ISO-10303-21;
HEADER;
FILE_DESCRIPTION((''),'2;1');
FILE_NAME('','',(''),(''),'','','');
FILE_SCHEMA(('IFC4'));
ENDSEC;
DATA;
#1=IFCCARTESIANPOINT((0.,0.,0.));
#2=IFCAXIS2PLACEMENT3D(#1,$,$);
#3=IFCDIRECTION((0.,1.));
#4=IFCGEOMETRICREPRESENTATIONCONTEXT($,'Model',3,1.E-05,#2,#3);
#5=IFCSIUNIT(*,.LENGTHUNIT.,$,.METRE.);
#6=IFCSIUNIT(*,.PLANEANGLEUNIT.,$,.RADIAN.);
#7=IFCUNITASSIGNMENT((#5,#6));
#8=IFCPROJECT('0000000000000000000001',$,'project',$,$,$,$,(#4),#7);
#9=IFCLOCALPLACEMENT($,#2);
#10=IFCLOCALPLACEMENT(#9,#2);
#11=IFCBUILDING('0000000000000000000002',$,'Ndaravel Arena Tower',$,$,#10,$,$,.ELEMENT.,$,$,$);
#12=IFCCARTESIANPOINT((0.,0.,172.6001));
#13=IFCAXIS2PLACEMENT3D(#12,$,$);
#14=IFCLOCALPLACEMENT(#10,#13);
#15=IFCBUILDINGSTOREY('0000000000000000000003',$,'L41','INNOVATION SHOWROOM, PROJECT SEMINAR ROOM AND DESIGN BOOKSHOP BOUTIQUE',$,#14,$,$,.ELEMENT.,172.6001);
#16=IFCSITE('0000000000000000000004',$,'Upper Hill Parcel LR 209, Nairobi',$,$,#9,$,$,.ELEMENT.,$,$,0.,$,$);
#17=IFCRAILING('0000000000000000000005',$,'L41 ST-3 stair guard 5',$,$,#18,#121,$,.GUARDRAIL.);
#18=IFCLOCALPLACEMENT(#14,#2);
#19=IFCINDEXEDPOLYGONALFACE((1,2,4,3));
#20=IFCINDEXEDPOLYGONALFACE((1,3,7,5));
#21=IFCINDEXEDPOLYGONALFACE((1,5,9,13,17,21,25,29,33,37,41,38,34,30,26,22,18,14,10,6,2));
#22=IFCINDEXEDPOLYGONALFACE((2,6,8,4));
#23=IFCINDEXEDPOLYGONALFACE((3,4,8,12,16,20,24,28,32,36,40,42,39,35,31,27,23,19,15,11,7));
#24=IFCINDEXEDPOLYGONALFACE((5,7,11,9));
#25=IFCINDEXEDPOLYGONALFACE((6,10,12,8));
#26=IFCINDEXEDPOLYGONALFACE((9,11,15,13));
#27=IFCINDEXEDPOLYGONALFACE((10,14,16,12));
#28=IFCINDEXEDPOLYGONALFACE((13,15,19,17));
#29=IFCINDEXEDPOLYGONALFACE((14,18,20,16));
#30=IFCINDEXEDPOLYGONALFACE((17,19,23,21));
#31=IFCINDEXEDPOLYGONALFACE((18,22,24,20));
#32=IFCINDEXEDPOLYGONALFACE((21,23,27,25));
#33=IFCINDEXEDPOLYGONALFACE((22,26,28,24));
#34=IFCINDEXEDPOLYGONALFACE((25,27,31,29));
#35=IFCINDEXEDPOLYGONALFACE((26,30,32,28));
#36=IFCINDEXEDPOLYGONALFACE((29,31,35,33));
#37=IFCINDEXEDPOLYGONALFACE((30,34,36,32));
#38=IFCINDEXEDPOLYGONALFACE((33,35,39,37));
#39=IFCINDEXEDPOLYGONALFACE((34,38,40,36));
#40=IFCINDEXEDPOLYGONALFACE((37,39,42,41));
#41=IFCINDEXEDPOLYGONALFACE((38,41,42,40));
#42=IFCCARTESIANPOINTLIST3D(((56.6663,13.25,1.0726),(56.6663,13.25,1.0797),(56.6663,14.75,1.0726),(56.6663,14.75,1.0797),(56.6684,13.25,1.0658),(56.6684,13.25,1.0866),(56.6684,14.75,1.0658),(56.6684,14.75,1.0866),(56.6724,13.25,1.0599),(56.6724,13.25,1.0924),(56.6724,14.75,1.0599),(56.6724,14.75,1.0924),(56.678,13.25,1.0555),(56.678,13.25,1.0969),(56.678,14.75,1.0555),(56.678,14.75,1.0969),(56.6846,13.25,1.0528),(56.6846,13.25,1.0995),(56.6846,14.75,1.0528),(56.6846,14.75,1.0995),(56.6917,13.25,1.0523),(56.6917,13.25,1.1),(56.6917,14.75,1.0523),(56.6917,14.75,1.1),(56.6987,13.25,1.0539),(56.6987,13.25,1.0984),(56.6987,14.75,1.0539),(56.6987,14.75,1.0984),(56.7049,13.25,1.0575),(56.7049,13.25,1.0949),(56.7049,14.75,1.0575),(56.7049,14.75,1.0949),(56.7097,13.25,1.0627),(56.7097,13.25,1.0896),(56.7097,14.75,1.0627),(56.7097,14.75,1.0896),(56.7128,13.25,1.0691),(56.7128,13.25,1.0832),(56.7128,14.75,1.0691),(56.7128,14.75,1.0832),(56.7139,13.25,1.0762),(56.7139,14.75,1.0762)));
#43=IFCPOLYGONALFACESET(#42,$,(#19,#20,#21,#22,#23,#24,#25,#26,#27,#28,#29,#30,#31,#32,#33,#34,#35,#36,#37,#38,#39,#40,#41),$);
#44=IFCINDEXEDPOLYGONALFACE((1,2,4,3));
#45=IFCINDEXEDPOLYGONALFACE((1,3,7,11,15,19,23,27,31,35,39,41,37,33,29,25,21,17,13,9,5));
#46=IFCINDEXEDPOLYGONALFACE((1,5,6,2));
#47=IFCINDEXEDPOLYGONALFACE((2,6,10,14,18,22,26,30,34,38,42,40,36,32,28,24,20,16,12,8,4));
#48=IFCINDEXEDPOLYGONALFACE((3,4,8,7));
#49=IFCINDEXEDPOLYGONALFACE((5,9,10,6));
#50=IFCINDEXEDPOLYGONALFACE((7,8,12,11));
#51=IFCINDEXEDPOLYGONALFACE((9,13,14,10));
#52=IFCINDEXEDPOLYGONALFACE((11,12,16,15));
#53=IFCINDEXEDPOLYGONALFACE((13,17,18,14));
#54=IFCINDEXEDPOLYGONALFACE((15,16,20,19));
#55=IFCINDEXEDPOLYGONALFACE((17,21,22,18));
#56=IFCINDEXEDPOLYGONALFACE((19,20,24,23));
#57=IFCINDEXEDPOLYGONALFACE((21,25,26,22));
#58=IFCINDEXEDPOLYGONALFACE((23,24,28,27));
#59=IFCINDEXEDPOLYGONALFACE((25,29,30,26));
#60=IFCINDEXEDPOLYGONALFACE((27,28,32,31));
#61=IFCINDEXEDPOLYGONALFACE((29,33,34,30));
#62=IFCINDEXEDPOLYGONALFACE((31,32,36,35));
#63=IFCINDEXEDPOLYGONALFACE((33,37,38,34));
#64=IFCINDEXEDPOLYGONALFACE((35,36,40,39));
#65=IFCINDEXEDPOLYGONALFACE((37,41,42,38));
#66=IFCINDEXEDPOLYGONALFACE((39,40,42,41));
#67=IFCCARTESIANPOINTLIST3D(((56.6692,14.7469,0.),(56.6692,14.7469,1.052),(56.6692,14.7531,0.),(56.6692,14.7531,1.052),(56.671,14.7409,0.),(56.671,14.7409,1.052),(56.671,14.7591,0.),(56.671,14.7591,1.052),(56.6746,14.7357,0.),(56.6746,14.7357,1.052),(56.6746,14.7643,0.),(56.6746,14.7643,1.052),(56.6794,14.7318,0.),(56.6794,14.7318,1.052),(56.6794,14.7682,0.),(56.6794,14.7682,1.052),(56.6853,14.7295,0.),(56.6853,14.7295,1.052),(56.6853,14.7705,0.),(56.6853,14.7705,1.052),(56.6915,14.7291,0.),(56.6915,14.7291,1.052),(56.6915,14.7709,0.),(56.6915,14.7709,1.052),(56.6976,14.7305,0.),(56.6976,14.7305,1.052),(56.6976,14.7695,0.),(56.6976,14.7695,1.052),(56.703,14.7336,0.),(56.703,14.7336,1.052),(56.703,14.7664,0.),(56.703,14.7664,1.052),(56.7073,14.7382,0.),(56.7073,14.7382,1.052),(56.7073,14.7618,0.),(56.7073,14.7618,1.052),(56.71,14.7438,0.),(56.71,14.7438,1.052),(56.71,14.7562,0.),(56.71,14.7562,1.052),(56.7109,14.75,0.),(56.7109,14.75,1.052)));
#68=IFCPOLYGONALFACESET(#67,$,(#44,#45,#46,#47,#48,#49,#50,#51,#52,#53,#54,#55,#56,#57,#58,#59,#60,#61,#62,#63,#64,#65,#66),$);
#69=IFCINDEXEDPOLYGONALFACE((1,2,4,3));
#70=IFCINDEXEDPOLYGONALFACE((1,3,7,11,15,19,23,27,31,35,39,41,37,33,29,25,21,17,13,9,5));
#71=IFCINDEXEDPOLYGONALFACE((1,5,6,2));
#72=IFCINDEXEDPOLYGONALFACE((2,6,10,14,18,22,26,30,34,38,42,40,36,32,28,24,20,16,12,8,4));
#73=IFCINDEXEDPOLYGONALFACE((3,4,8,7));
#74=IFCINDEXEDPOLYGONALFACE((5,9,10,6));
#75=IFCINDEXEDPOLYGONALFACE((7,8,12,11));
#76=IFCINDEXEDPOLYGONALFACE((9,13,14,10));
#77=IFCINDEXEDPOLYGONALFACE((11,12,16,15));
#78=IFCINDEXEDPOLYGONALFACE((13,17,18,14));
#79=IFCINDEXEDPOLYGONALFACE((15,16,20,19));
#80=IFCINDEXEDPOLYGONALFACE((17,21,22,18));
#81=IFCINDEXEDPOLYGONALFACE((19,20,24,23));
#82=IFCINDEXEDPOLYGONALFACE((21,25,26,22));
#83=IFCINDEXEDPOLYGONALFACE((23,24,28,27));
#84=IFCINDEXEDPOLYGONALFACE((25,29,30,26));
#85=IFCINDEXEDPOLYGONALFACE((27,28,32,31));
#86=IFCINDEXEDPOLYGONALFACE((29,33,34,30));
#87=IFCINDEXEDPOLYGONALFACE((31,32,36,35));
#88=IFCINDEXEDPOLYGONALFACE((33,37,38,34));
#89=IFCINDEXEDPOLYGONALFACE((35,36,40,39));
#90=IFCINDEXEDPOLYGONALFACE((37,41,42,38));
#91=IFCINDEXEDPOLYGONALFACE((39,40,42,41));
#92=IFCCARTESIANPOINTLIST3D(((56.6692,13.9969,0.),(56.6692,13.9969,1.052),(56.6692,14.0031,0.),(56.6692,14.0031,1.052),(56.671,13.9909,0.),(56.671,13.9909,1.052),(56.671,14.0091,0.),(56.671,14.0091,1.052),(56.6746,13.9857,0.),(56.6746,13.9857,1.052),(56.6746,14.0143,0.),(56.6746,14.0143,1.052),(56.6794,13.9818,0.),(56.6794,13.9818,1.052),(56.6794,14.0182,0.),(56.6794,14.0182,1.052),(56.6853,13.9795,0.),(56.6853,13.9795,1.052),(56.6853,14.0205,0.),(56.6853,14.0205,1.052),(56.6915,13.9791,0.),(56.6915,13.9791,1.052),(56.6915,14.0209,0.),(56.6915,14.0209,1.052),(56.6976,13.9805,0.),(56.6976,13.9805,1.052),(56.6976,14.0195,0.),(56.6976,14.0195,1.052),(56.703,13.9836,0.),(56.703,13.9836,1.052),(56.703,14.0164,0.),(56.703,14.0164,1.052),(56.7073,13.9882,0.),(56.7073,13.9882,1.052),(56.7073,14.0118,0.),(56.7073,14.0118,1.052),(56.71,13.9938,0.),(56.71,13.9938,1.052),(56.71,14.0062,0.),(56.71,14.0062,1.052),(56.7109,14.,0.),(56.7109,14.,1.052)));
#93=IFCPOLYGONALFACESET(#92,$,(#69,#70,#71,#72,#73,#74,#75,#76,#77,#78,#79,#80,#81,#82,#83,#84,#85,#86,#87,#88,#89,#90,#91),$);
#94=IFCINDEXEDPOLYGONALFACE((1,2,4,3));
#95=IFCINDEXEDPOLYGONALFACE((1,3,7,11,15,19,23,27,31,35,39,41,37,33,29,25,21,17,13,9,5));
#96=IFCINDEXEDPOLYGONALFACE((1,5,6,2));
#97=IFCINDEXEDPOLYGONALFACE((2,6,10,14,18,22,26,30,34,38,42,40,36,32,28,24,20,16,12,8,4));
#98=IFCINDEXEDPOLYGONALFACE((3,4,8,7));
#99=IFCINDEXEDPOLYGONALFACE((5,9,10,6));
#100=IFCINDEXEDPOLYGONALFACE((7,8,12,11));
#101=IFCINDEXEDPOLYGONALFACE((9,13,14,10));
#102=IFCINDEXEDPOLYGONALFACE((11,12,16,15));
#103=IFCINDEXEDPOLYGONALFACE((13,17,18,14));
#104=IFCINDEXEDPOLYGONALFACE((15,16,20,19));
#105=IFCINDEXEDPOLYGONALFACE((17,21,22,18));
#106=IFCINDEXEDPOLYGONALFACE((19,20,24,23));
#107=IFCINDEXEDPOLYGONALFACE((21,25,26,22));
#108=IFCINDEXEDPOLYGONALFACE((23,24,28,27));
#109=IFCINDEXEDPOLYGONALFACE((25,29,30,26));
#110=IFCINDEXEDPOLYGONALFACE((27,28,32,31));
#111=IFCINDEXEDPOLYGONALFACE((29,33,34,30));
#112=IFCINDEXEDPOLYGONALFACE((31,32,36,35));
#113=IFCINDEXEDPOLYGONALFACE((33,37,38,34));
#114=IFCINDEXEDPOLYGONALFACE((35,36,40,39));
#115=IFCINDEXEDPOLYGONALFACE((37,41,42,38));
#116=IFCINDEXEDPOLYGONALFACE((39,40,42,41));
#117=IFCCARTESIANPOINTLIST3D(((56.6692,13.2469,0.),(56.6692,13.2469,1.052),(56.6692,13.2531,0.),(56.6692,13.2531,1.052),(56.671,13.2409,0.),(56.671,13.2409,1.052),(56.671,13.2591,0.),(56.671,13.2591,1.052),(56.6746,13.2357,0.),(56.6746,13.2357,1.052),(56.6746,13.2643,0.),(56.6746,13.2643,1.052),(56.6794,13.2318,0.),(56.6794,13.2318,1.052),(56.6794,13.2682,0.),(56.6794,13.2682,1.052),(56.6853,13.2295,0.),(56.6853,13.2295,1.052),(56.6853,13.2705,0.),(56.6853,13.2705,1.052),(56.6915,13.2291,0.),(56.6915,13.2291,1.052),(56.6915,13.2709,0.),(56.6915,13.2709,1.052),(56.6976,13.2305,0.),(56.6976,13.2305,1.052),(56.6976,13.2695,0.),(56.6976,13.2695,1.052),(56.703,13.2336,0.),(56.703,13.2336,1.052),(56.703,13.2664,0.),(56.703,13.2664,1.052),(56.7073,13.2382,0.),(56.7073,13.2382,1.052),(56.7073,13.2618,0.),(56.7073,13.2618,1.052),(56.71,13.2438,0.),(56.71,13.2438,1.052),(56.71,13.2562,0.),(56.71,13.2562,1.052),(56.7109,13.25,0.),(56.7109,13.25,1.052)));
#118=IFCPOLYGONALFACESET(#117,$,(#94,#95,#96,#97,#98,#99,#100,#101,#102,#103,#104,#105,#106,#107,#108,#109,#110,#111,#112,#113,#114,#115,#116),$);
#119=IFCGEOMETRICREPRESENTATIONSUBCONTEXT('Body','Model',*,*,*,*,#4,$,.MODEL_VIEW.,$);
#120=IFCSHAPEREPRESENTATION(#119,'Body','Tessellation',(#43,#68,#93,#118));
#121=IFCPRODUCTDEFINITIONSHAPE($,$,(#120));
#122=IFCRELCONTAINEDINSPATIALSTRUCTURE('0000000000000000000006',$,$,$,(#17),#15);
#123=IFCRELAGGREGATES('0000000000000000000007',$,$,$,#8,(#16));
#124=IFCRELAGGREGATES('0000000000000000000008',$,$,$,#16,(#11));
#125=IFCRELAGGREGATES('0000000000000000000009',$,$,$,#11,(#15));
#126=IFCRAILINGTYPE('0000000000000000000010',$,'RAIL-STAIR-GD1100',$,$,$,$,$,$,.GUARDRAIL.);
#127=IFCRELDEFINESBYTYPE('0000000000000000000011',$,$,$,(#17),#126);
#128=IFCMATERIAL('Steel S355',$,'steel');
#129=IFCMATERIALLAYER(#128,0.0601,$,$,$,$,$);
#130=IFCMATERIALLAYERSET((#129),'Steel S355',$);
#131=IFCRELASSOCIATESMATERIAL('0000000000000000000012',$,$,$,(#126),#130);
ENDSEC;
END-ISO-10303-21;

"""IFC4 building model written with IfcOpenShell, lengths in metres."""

from ifc_helpers import new_model, si_unit, direction, frame, origin, origin_2d, place, context, subcontext, project, spatial, circle, extrude, material, layer, layer_set, type_object, element, save


model = new_model("IFC4")

# Units and contexts
model_context = context("Model", 3, precision=1e-05, world=origin(), true_north=direction((0.0, 1.0)))
body_context = subcontext(model_context, "Body", "Model", "MODEL_VIEW")
ifc_project = project(units=[si_unit("LENGTHUNIT", "METRE"), si_unit("PLANEANGLEUNIT", "RADIAN")], contexts=[model_context])

# Site, building, storey
site_placement = place(None, origin())
site = spatial("IfcSite", under=ifc_project, at=site_placement, Name="Upper Hill Parcel LR 209, Nairobi", CompositionType="ELEMENT", RefElevation=0.0)
building_placement = place(site_placement, origin())
building = spatial("IfcBuilding", under=site, at=building_placement, Name="Ndaravel Arena Tower", CompositionType="ELEMENT")
storey_placement = place(building_placement, frame((0.0, 0.0, 172.6001)))
storey = spatial("IfcBuildingStorey", under=building, at=storey_placement, Name="L41", Description="INNOVATION SHOWROOM, PROJECT SEMINAR ROOM AND DESIGN BOOKSHOP BOUTIQUE", CompositionType="ELEMENT", Elevation=172.6001)

# Railing
ifc_material_1 = material(Name="Steel S355", Category="steel")
ifc_layer_1 = layer(ifc_material_1, 0.0601)
ifc_layer_set_1 = layer_set([ifc_layer_1], Name="Steel S355")
railing_type = type_object("IfcRailingType", Name="RAIL-STAIR-GD1100", PredefinedType="GUARDRAIL", material=ifc_layer_set_1)
railing_1_placement = place(storey_placement, frame((56.6899, 14.75, 0.0)))
element("IfcRailing", 1, at=railing_1_placement, inside=storey, type_object=railing_type, Name="L41 ST-3 stair guard 5", PredefinedType="GUARDRAIL", context=body_context, shape_type="SweptSolid", body=[
    extrude(circle(Radius=0.0239, at=origin_2d()), frame((0.0, 0.0, 1.0762), z_axis=(0.0, -1.0, 0.0), x_axis=(1.0, 0.0, 0.0)), (0.0, 0.0, 1.0), 1.5),
    extrude(circle(Radius=0.021, at=origin_2d()), origin(), (0.0, 0.0, 1.0), 1.052),
    extrude(circle(Radius=0.021, at=origin_2d()), frame((0.0, -0.75, 0.0)), (0.0, 0.0, 1.0), 1.052),
    extrude(circle(Radius=0.021, at=origin_2d()), frame((0.0, -1.5, 0.0)), (0.0, 0.0, 1.0), 1.052),
])

save(model, "model.ifc")
